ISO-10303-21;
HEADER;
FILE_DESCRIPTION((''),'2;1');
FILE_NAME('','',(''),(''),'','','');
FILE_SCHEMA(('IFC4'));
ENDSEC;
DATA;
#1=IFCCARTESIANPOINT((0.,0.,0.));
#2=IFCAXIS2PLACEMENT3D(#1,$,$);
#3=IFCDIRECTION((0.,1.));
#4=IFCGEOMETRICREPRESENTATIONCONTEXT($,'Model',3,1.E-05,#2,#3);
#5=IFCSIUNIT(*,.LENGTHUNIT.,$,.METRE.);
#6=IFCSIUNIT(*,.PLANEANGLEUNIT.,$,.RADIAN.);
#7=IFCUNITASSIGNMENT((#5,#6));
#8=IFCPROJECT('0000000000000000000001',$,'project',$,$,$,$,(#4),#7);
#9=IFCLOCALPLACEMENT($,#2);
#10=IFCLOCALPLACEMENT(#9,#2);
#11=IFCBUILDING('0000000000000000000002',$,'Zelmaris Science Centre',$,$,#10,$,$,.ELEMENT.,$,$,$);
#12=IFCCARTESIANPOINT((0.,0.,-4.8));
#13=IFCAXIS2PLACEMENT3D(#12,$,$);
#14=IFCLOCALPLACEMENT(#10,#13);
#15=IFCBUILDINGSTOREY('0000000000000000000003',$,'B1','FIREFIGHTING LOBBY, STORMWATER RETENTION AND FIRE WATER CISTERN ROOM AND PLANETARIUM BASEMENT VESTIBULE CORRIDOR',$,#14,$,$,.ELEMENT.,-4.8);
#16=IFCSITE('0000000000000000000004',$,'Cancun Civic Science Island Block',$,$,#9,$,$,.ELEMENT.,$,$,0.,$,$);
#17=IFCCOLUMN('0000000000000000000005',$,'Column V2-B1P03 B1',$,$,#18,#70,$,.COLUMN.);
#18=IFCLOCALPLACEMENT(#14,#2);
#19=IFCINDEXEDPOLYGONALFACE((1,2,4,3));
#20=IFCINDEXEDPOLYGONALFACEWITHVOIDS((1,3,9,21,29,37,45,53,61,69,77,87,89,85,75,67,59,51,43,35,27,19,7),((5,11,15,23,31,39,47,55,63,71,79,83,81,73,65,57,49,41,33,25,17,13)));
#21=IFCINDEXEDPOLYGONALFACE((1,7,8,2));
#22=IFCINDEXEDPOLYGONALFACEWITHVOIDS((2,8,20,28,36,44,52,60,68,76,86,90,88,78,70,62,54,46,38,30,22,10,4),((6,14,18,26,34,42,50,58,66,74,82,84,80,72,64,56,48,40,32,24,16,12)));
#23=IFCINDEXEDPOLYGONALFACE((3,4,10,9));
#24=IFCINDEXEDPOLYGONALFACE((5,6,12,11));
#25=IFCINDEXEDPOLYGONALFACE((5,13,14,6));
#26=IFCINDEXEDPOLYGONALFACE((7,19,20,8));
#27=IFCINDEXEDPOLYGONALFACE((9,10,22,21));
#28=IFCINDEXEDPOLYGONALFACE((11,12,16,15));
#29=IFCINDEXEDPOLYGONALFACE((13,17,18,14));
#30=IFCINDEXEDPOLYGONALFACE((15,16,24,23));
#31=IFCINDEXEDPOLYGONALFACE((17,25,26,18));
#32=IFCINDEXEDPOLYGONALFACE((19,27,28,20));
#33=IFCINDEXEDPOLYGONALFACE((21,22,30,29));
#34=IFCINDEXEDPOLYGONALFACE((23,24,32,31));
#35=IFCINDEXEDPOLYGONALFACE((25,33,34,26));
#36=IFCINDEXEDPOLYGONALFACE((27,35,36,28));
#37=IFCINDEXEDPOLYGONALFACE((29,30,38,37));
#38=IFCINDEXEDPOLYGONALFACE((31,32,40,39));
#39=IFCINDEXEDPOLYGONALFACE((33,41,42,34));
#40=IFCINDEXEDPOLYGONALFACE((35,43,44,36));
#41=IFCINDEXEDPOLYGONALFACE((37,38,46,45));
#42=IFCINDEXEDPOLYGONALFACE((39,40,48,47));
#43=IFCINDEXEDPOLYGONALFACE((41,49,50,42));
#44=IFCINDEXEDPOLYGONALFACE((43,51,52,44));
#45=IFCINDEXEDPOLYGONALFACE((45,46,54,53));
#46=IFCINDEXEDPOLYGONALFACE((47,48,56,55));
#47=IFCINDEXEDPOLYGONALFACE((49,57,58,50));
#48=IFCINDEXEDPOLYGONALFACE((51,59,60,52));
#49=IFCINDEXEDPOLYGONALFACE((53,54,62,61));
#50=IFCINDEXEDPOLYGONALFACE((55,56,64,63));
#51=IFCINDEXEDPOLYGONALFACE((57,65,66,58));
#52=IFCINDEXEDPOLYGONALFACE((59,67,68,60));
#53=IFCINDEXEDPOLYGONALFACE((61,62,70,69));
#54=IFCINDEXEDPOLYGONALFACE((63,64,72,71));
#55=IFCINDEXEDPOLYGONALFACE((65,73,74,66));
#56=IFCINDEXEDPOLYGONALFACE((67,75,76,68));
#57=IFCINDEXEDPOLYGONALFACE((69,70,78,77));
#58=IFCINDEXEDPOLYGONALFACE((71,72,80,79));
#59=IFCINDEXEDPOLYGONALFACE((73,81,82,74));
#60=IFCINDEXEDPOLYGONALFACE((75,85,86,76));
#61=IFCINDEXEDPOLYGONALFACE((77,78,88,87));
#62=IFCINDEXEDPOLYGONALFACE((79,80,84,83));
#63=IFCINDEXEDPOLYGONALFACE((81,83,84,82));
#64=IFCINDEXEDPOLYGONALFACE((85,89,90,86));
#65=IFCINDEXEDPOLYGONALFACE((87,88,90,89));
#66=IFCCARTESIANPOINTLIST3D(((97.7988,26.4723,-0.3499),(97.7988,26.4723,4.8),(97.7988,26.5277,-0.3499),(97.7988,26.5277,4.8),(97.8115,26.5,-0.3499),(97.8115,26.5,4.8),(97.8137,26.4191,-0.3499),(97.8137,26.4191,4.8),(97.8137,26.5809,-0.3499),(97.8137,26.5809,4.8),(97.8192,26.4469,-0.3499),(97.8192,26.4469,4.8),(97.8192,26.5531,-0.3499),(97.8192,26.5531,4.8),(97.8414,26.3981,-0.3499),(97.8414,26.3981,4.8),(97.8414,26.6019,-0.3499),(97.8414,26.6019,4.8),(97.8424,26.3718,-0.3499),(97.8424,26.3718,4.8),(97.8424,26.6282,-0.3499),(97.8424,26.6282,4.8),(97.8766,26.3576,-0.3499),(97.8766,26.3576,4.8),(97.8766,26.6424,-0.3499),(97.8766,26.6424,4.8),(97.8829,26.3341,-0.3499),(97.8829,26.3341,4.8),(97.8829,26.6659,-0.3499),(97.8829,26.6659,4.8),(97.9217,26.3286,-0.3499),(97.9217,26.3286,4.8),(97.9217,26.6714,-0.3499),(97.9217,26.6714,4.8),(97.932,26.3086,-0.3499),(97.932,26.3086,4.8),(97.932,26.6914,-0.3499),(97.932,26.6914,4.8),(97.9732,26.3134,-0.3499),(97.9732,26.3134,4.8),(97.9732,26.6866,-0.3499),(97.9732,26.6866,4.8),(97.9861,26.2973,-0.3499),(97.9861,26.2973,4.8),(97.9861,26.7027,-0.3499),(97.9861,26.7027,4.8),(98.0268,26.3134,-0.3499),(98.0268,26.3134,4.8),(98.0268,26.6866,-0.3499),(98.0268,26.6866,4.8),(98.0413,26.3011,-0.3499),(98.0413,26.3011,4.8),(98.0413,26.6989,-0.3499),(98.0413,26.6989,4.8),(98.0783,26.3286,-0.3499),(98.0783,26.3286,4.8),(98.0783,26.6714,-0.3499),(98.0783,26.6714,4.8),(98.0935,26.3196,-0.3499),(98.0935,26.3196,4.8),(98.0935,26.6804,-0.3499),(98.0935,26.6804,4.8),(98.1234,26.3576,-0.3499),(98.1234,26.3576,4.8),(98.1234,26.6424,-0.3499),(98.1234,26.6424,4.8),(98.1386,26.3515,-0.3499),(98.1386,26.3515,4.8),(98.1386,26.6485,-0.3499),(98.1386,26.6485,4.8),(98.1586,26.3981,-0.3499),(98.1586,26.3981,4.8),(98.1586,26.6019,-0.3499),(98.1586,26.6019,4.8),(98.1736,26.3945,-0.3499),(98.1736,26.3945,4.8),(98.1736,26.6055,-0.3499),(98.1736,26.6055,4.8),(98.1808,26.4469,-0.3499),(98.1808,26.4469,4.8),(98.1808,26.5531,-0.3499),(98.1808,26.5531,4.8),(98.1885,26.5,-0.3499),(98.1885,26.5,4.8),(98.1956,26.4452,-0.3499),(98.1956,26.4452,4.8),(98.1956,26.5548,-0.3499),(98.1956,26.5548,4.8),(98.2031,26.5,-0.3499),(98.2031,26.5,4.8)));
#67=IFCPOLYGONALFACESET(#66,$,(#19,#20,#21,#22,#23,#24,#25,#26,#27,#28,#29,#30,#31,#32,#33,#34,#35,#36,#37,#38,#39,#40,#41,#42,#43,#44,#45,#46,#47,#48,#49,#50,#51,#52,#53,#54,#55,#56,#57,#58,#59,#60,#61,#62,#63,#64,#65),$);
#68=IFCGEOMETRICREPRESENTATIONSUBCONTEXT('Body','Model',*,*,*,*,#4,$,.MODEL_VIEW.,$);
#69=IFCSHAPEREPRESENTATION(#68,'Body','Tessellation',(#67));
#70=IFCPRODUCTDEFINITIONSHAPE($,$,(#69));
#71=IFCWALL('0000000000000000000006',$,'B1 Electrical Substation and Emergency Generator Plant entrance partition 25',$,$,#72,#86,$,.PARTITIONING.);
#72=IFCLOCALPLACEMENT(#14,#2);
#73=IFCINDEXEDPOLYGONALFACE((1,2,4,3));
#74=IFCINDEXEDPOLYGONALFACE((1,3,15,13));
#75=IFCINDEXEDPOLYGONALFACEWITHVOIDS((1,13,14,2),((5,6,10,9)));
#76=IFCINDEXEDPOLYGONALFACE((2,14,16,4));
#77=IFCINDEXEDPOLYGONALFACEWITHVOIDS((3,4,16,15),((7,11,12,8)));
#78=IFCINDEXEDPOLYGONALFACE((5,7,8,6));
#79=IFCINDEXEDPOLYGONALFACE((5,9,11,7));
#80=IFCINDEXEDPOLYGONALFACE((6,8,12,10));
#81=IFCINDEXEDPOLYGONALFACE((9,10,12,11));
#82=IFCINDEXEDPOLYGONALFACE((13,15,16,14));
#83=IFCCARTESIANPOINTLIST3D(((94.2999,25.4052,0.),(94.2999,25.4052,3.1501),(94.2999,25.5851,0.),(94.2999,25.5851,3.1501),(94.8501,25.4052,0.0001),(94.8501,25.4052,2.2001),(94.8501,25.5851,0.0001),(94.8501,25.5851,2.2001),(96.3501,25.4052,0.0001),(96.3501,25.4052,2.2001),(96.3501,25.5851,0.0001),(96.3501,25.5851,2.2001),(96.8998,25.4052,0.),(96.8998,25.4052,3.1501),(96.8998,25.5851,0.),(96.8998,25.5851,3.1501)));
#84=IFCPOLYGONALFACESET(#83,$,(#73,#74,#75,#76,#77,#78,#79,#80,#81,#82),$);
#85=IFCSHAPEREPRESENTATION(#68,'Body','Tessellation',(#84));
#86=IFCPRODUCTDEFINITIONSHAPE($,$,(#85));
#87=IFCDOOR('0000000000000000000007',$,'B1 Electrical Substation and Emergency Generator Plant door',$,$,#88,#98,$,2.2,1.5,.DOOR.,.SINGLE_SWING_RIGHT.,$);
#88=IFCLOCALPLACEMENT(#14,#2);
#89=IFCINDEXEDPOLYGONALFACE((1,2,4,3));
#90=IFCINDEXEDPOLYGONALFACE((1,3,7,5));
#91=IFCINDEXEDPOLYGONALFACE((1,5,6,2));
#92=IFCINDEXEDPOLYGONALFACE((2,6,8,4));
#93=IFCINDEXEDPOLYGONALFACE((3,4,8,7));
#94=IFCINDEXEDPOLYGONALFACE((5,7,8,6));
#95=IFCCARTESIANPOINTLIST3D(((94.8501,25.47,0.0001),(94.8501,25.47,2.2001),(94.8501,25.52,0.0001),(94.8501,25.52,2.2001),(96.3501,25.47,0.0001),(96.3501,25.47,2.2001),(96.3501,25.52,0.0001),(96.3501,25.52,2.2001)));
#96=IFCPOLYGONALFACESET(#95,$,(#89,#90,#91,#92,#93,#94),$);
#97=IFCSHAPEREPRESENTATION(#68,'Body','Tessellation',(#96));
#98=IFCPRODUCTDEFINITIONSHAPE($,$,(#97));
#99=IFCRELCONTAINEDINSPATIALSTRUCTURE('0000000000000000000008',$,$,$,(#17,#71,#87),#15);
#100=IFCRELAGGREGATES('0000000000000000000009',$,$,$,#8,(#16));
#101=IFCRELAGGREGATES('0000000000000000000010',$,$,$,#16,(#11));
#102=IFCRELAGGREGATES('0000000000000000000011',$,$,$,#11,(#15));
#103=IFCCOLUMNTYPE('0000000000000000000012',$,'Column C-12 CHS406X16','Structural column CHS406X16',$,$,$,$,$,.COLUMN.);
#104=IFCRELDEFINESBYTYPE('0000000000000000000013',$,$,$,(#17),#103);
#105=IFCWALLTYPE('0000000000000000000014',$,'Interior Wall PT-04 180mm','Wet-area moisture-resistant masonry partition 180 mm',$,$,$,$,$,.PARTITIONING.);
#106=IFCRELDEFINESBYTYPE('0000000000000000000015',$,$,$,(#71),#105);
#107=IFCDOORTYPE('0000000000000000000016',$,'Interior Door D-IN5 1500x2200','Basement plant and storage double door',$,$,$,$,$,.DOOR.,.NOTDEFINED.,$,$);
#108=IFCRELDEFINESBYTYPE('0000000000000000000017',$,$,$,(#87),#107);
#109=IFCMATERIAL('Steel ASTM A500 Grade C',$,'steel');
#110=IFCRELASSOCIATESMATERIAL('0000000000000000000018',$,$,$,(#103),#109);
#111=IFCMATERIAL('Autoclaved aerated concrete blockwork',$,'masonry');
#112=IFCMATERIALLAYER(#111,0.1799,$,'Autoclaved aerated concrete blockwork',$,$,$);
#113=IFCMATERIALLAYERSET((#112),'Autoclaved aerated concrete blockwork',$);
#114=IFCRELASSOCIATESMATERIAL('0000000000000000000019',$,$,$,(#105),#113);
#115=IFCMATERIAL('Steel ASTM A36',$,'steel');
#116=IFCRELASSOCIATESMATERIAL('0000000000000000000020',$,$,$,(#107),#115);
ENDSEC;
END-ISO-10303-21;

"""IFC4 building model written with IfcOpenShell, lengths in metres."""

from ifc_helpers import new_model, si_unit, direction, frame, frame_2d, origin, origin_2d, place, context, subcontext, project, spatial, rectangle, hollow_circle, extrude, material, layer, layer_set, material_profile, profile_set, type_object, element, fill, save


model = new_model("IFC4")

# Units and contexts
model_context = context("Model", 3, precision=1e-05, world=origin(), true_north=direction((0.0, 1.0)))
body_context = subcontext(model_context, "Body", "Model", "MODEL_VIEW")
ifc_project = project(units=[si_unit("LENGTHUNIT", "METRE"), si_unit("PLANEANGLEUNIT", "RADIAN")], contexts=[model_context])

# Site, building, storey
site_placement = place(None, origin())
site = spatial("IfcSite", under=ifc_project, at=site_placement, Name="Cancun Civic Science Island Block", CompositionType="ELEMENT", RefElevation=0.0)
building_placement = place(site_placement, origin())
building = spatial("IfcBuilding", under=site, at=building_placement, Name="Zelmaris Science Centre", CompositionType="ELEMENT")
storey_placement = place(building_placement, frame((0.0, 0.0, -4.8)))
storey = spatial("IfcBuildingStorey", under=building, at=storey_placement, Name="B1", Description="FIREFIGHTING LOBBY, STORMWATER RETENTION AND FIRE WATER CISTERN ROOM AND PLANETARIUM BASEMENT VESTIBULE CORRIDOR", CompositionType="ELEMENT", Elevation=-4.8)

# Column
ifc_material_1 = material(Name="Steel ASTM A500 Grade C", Category="steel")
ifc_material_profile_1 = material_profile(ifc_material_1, hollow_circle(Radius=0.2031, WallThickness=0.0146, at=origin_2d()), Name="CHS406X16")
ifc_profile_set_1 = profile_set([ifc_material_profile_1], Name="Steel ASTM A500 Grade C")
column_type_1 = type_object("IfcColumnType", Name="Column C-12 CHS406X16", Description="Structural column CHS406X16", PredefinedType="COLUMN", material=ifc_profile_set_1)
column_1_placement = place(storey_placement, frame((98.0, 26.5, -0.3499), z_axis=(0.0, 0.0, 1.0), x_axis=(1.0, 0.0, 0.0)))
element("IfcColumn", 1, at=column_1_placement, inside=storey, type_object=column_type_1, Name="Column V2-B1P03 B1", PredefinedType="COLUMN", context=body_context, shape_type="SweptSolid", body=[
    extrude(hollow_circle(Radius=0.2031, WallThickness=0.0146, at=origin_2d()), origin(), (0.0, 0.0, 1.0), 5.1499),
])

# Wall, opening, door
ifc_material_2 = material(Name="Autoclaved aerated concrete blockwork", Category="masonry")
ifc_layer = layer(ifc_material_2, 0.1799, Name="Autoclaved aerated concrete blockwork")
ifc_layer_set = layer_set([ifc_layer], Name="Autoclaved aerated concrete blockwork")
wall_type = type_object("IfcWallType", Name="Interior Wall PT-04 180mm", Description="Wet-area moisture-resistant masonry partition 180 mm", PredefinedType="PARTITIONING", material=ifc_layer_set)
wall_placement = place(storey_placement, frame((94.3, 25.4951, 0.0), z_axis=(0.0, 0.0, 1.0), x_axis=(1.0, 0.0, 0.0)))
wall = element("IfcWall", 2, at=wall_placement, inside=storey, type_object=wall_type, Name="B1 Electrical Substation and Emergency Generator Plant entrance partition 25", PredefinedType="PARTITIONING", context=body_context, shape_type="SweptSolid", body=[
    extrude(rectangle(XDim=2.5999, YDim=0.1799, at=frame_2d((1.2998, 0.0))), origin(), (0.0, 0.0, 1.0), 3.1501),
])
opening_placement = place(wall_placement, frame((0.55, 0.0, 0.0)))
opening = element("IfcOpeningElement", 3, at=opening_placement, cuts=wall, PredefinedType="OPENING", context=body_context, shape_type="SweptSolid", body=[
    extrude(rectangle(XDim=1.5, YDim=2.2, at=frame_2d((0.75, 1.1001))), frame((0.0, 0.0999, 0.0), z_axis=(0.0, -1.0, 0.0), x_axis=(1.0, 0.0, 0.0)), (0.0, 0.0, 1.0), 0.2),
])
ifc_material_3 = material(Name="Steel ASTM A36", Category="steel")
door_type = type_object("IfcDoorType", Name="Interior Door D-IN5 1500x2200", Description="Basement plant and storage double door", OperationType="NOTDEFINED", PredefinedType="DOOR", material=ifc_material_3)
door_placement = place(opening_placement, origin())
door = element("IfcDoor", 4, at=door_placement, inside=storey, type_object=door_type, Name="B1 Electrical Substation and Emergency Generator Plant door", OperationType="SINGLE_SWING_RIGHT", OverallHeight=2.2, OverallWidth=1.5, PredefinedType="DOOR", context=body_context, shape_type="SweptSolid", body=[
    extrude(rectangle(XDim=1.5, YDim=2.2, at=frame_2d((0.75, 1.1001))), frame((0.0, 0.0249, 0.0), z_axis=(0.0, -1.0, 0.0), x_axis=(1.0, 0.0, 0.0)), (0.0, 0.0, 1.0), 0.05),
])
fill(opening, door)

save(model, "model.ifc")
